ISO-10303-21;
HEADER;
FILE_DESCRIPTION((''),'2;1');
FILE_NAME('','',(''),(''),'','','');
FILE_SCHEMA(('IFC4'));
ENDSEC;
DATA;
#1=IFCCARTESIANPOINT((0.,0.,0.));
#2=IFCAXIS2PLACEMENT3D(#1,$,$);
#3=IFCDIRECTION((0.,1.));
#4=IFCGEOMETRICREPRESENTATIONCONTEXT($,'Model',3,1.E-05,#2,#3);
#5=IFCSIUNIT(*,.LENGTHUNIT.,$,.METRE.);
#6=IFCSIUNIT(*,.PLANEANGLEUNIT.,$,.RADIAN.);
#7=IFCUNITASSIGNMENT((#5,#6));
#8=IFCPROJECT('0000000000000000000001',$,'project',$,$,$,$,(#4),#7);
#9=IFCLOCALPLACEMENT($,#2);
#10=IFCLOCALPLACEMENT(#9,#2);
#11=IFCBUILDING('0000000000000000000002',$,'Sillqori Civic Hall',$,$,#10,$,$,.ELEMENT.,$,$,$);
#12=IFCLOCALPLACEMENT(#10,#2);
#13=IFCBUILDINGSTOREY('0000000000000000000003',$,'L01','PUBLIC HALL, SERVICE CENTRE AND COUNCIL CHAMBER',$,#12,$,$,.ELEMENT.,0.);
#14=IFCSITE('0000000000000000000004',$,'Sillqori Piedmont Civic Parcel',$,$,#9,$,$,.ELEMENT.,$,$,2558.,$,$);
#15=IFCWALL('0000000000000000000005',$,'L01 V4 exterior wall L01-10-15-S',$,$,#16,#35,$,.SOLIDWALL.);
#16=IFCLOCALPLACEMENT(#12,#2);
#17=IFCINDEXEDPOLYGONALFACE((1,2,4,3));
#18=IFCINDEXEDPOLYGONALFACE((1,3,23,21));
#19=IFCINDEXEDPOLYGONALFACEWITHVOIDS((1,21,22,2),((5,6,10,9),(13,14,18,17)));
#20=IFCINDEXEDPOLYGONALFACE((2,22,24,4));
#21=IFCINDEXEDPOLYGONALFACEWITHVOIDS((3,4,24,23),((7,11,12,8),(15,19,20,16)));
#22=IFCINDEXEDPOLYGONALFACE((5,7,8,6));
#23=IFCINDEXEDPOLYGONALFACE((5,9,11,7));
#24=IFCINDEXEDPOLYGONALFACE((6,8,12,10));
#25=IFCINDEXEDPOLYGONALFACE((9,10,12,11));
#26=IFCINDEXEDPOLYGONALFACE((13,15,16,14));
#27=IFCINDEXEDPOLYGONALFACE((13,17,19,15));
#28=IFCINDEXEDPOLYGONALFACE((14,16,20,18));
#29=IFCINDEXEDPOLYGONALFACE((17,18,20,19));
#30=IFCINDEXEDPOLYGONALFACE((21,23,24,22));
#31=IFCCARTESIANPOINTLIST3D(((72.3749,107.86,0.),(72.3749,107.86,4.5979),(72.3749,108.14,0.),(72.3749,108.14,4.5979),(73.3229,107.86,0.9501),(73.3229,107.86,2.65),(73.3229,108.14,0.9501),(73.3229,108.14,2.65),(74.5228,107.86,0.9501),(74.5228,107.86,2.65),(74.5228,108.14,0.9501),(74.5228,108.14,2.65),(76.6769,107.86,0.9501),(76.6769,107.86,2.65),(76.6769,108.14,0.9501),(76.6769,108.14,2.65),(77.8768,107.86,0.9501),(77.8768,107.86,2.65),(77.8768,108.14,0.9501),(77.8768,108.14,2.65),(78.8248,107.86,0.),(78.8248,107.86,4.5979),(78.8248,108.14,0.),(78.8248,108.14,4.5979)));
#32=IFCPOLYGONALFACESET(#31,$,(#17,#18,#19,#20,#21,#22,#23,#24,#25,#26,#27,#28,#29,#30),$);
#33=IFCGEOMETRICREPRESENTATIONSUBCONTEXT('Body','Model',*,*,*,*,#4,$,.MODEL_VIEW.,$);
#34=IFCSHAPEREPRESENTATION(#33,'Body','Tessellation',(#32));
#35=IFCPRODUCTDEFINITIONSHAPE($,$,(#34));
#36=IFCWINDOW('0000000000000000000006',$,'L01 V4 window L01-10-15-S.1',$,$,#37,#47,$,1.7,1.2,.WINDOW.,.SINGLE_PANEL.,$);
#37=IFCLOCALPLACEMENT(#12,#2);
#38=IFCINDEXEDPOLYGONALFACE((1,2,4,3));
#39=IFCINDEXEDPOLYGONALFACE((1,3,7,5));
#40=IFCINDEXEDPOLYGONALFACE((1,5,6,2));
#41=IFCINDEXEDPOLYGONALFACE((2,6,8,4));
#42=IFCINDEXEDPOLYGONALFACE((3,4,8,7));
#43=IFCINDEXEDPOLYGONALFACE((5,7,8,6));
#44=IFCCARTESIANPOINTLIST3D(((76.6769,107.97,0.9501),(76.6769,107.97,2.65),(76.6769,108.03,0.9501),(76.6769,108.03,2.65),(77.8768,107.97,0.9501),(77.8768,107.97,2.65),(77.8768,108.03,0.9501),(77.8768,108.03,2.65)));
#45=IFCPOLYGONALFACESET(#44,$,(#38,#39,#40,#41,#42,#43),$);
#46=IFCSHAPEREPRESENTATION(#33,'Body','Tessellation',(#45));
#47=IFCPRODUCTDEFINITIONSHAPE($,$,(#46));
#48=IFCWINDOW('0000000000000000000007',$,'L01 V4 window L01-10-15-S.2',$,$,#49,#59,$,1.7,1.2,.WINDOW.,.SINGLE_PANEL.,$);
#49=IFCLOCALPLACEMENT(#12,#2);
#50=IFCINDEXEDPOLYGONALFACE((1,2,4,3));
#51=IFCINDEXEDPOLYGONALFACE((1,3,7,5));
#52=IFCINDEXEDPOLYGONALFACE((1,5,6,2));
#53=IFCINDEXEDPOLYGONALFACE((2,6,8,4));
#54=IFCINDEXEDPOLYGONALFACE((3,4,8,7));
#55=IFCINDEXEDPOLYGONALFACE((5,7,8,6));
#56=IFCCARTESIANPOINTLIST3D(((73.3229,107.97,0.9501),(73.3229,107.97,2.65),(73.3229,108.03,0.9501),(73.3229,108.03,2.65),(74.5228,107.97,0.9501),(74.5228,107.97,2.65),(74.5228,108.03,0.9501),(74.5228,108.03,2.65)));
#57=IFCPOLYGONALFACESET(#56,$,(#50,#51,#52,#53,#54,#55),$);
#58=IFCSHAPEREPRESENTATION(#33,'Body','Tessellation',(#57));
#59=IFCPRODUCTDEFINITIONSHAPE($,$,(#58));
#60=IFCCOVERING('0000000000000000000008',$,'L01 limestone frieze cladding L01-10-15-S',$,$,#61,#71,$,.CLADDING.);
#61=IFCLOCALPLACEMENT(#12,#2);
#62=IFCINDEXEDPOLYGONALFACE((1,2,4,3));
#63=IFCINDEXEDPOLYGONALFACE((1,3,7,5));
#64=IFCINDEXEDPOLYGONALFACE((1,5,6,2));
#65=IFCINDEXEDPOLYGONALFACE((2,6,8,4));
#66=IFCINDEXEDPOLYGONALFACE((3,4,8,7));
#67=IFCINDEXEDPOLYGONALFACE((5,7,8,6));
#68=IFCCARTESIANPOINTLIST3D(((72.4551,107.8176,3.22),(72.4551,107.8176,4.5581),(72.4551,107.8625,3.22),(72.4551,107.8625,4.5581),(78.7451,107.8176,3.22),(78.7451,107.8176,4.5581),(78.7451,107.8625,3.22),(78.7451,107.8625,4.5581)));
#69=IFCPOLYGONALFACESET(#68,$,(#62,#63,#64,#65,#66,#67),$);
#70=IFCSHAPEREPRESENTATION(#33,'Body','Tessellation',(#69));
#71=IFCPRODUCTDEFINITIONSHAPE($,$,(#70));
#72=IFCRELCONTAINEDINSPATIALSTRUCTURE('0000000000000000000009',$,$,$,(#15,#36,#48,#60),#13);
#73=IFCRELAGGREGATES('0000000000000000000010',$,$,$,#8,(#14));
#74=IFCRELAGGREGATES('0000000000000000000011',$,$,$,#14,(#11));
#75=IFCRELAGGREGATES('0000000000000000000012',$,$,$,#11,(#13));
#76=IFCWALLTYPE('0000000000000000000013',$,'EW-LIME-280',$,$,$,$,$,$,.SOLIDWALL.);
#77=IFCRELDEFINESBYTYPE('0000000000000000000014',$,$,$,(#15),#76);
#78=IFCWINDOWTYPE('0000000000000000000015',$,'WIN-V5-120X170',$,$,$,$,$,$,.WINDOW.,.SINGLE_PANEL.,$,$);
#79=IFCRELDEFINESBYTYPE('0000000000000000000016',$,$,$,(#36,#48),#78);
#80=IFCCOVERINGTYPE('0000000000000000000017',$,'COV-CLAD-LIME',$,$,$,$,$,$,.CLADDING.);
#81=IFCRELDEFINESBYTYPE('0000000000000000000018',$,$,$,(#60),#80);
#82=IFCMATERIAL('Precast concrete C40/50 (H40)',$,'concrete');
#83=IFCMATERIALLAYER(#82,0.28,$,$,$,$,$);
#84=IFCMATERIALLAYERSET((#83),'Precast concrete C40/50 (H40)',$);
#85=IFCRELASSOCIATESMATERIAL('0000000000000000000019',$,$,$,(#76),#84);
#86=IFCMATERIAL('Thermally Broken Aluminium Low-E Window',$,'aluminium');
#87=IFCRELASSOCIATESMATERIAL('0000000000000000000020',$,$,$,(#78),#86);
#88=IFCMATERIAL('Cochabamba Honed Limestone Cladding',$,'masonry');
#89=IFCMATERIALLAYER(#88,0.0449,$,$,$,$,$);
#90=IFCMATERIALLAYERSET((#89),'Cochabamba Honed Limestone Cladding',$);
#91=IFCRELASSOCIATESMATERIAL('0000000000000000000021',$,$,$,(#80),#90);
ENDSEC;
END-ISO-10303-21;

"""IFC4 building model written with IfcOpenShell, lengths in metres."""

from ifc_helpers import new_model, si_unit, direction, frame, frame_2d, origin, place, context, subcontext, project, spatial, rectangle, extrude, material, layer, layer_set, type_object, element, fill, save


model = new_model("IFC4")

# Units and contexts
model_context = context("Model", 3, precision=1e-05, world=origin(), true_north=direction((0.0, 1.0)))
body_context = subcontext(model_context, "Body", "Model", "MODEL_VIEW")
ifc_project = project(units=[si_unit("LENGTHUNIT", "METRE"), si_unit("PLANEANGLEUNIT", "RADIAN")], contexts=[model_context])

# Site, building, storey
site_placement = place(None, origin())
site = spatial("IfcSite", under=ifc_project, at=site_placement, Name="Sillqori Piedmont Civic Parcel", CompositionType="ELEMENT", RefElevation=2558.0)
building_placement = place(site_placement, origin())
building = spatial("IfcBuilding", under=site, at=building_placement, Name="Sillqori Civic Hall", CompositionType="ELEMENT")
storey_placement = place(building_placement, origin())
storey = spatial("IfcBuildingStorey", under=building, at=storey_placement, Name="L01", Description="PUBLIC HALL, SERVICE CENTRE AND COUNCIL CHAMBER", CompositionType="ELEMENT", Elevation=0.0)

# Wall, openings, windows
ifc_material_1 = material(Name="Precast concrete C40/50 (H40)", Category="concrete")
ifc_layer_1 = layer(ifc_material_1, 0.28)
ifc_layer_set_1 = layer_set([ifc_layer_1], Name="Precast concrete C40/50 (H40)")
wall_type = type_object("IfcWallType", Name="EW-LIME-280", PredefinedType="SOLIDWALL", material=ifc_layer_set_1)
wall_placement = place(storey_placement, frame((78.825, 108.0, 0.0), z_axis=(0.0, 0.0, 1.0), x_axis=(-1.0, 0.0, 0.0)))
wall = element("IfcWall", 1, at=wall_placement, inside=storey, type_object=wall_type, Name="L01 V4 exterior wall L01-10-15-S", PredefinedType="SOLIDWALL", context=body_context, shape_type="SweptSolid", body=[
    extrude(rectangle(XDim=6.45, YDim=0.28, at=frame_2d((3.2251, 0.0))), origin(), (0.0, 0.0, 1.0), 4.5979),
])
opening_1_placement = place(wall_placement, frame((0.948, 0.0, 0.95)))
opening_1 = element("IfcOpeningElement", 2, at=opening_1_placement, cuts=wall, PredefinedType="OPENING", context=body_context, shape_type="SweptSolid", body=[
    extrude(rectangle(XDim=1.2, YDim=1.7, at=frame_2d((0.6001, 0.8501))), frame((0.0, 0.1499, 0.0), z_axis=(0.0, -1.0, 0.0), x_axis=(1.0, 0.0, 0.0)), (0.0, 0.0, 1.0), 0.3),
])
opening_2_placement = place(wall_placement, frame((4.302, 0.0, 0.95)))
opening_2 = element("IfcOpeningElement", 3, at=opening_2_placement, cuts=wall, PredefinedType="OPENING", context=body_context, shape_type="SweptSolid", body=[
    extrude(rectangle(XDim=1.2, YDim=1.7, at=frame_2d((0.6001, 0.8501))), frame((0.0, 0.1499, 0.0), z_axis=(0.0, -1.0, 0.0), x_axis=(1.0, 0.0, 0.0)), (0.0, 0.0, 1.0), 0.3),
])
ifc_material_2 = material(Name="Thermally Broken Aluminium Low-E Window", Category="aluminium")
window_type = type_object("IfcWindowType", Name="WIN-V5-120X170", PartitioningType="SINGLE_PANEL", PredefinedType="WINDOW", material=ifc_material_2)
window_1_placement = place(opening_1_placement, origin())
window_1 = element("IfcWindow", 4, at=window_1_placement, inside=storey, type_object=window_type, Name="L01 V4 window L01-10-15-S.1", OverallHeight=1.7, OverallWidth=1.2, PartitioningType="SINGLE_PANEL", PredefinedType="WINDOW", context=body_context, shape_type="SweptSolid", body=[
    extrude(rectangle(XDim=1.2, YDim=1.7, at=frame_2d((0.6001, 0.8501))), frame((0.0, 0.03, 0.0), z_axis=(0.0, -1.0, 0.0), x_axis=(1.0, 0.0, 0.0)), (0.0, 0.0, 1.0), 0.0601),
])
fill(opening_1, window_1)
window_2_placement = place(opening_2_placement, origin())
window_2 = element("IfcWindow", 5, at=window_2_placement, inside=storey, type_object=window_type, Name="L01 V4 window L01-10-15-S.2", OverallHeight=1.7, OverallWidth=1.2, PartitioningType="SINGLE_PANEL", PredefinedType="WINDOW", context=body_context, shape_type="SweptSolid", body=[
    extrude(rectangle(XDim=1.2, YDim=1.7, at=frame_2d((0.6001, 0.8501))), frame((0.0, 0.03, 0.0), z_axis=(0.0, -1.0, 0.0), x_axis=(1.0, 0.0, 0.0)), (0.0, 0.0, 1.0), 0.0601),
])
fill(opening_2, window_2)

# Covering
ifc_material_3 = material(Name="Cochabamba Honed Limestone Cladding", Category="masonry")
ifc_layer_2 = layer(ifc_material_3, 0.0449)
ifc_layer_set_2 = layer_set([ifc_layer_2], Name="Cochabamba Honed Limestone Cladding")
covering_type = type_object("IfcCoveringType", Name="COV-CLAD-LIME", PredefinedType="CLADDING", material=ifc_layer_set_2)
covering_placement = place(storey_placement, frame((78.7451, 107.8401, 3.22), z_axis=(0.0, 0.0, 1.0), x_axis=(-1.0, 0.0, 0.0)))
element("IfcCovering", 6, at=covering_placement, inside=storey, type_object=covering_type, Name="L01 limestone frieze cladding L01-10-15-S", PredefinedType="CLADDING", context=body_context, shape_type="SweptSolid", body=[
    extrude(rectangle(XDim=6.29, YDim=0.0449, at=frame_2d((3.145, 0.0))), origin(), (0.0, 0.0, 1.0), 1.3381),
])

save(model, "model.ifc")
